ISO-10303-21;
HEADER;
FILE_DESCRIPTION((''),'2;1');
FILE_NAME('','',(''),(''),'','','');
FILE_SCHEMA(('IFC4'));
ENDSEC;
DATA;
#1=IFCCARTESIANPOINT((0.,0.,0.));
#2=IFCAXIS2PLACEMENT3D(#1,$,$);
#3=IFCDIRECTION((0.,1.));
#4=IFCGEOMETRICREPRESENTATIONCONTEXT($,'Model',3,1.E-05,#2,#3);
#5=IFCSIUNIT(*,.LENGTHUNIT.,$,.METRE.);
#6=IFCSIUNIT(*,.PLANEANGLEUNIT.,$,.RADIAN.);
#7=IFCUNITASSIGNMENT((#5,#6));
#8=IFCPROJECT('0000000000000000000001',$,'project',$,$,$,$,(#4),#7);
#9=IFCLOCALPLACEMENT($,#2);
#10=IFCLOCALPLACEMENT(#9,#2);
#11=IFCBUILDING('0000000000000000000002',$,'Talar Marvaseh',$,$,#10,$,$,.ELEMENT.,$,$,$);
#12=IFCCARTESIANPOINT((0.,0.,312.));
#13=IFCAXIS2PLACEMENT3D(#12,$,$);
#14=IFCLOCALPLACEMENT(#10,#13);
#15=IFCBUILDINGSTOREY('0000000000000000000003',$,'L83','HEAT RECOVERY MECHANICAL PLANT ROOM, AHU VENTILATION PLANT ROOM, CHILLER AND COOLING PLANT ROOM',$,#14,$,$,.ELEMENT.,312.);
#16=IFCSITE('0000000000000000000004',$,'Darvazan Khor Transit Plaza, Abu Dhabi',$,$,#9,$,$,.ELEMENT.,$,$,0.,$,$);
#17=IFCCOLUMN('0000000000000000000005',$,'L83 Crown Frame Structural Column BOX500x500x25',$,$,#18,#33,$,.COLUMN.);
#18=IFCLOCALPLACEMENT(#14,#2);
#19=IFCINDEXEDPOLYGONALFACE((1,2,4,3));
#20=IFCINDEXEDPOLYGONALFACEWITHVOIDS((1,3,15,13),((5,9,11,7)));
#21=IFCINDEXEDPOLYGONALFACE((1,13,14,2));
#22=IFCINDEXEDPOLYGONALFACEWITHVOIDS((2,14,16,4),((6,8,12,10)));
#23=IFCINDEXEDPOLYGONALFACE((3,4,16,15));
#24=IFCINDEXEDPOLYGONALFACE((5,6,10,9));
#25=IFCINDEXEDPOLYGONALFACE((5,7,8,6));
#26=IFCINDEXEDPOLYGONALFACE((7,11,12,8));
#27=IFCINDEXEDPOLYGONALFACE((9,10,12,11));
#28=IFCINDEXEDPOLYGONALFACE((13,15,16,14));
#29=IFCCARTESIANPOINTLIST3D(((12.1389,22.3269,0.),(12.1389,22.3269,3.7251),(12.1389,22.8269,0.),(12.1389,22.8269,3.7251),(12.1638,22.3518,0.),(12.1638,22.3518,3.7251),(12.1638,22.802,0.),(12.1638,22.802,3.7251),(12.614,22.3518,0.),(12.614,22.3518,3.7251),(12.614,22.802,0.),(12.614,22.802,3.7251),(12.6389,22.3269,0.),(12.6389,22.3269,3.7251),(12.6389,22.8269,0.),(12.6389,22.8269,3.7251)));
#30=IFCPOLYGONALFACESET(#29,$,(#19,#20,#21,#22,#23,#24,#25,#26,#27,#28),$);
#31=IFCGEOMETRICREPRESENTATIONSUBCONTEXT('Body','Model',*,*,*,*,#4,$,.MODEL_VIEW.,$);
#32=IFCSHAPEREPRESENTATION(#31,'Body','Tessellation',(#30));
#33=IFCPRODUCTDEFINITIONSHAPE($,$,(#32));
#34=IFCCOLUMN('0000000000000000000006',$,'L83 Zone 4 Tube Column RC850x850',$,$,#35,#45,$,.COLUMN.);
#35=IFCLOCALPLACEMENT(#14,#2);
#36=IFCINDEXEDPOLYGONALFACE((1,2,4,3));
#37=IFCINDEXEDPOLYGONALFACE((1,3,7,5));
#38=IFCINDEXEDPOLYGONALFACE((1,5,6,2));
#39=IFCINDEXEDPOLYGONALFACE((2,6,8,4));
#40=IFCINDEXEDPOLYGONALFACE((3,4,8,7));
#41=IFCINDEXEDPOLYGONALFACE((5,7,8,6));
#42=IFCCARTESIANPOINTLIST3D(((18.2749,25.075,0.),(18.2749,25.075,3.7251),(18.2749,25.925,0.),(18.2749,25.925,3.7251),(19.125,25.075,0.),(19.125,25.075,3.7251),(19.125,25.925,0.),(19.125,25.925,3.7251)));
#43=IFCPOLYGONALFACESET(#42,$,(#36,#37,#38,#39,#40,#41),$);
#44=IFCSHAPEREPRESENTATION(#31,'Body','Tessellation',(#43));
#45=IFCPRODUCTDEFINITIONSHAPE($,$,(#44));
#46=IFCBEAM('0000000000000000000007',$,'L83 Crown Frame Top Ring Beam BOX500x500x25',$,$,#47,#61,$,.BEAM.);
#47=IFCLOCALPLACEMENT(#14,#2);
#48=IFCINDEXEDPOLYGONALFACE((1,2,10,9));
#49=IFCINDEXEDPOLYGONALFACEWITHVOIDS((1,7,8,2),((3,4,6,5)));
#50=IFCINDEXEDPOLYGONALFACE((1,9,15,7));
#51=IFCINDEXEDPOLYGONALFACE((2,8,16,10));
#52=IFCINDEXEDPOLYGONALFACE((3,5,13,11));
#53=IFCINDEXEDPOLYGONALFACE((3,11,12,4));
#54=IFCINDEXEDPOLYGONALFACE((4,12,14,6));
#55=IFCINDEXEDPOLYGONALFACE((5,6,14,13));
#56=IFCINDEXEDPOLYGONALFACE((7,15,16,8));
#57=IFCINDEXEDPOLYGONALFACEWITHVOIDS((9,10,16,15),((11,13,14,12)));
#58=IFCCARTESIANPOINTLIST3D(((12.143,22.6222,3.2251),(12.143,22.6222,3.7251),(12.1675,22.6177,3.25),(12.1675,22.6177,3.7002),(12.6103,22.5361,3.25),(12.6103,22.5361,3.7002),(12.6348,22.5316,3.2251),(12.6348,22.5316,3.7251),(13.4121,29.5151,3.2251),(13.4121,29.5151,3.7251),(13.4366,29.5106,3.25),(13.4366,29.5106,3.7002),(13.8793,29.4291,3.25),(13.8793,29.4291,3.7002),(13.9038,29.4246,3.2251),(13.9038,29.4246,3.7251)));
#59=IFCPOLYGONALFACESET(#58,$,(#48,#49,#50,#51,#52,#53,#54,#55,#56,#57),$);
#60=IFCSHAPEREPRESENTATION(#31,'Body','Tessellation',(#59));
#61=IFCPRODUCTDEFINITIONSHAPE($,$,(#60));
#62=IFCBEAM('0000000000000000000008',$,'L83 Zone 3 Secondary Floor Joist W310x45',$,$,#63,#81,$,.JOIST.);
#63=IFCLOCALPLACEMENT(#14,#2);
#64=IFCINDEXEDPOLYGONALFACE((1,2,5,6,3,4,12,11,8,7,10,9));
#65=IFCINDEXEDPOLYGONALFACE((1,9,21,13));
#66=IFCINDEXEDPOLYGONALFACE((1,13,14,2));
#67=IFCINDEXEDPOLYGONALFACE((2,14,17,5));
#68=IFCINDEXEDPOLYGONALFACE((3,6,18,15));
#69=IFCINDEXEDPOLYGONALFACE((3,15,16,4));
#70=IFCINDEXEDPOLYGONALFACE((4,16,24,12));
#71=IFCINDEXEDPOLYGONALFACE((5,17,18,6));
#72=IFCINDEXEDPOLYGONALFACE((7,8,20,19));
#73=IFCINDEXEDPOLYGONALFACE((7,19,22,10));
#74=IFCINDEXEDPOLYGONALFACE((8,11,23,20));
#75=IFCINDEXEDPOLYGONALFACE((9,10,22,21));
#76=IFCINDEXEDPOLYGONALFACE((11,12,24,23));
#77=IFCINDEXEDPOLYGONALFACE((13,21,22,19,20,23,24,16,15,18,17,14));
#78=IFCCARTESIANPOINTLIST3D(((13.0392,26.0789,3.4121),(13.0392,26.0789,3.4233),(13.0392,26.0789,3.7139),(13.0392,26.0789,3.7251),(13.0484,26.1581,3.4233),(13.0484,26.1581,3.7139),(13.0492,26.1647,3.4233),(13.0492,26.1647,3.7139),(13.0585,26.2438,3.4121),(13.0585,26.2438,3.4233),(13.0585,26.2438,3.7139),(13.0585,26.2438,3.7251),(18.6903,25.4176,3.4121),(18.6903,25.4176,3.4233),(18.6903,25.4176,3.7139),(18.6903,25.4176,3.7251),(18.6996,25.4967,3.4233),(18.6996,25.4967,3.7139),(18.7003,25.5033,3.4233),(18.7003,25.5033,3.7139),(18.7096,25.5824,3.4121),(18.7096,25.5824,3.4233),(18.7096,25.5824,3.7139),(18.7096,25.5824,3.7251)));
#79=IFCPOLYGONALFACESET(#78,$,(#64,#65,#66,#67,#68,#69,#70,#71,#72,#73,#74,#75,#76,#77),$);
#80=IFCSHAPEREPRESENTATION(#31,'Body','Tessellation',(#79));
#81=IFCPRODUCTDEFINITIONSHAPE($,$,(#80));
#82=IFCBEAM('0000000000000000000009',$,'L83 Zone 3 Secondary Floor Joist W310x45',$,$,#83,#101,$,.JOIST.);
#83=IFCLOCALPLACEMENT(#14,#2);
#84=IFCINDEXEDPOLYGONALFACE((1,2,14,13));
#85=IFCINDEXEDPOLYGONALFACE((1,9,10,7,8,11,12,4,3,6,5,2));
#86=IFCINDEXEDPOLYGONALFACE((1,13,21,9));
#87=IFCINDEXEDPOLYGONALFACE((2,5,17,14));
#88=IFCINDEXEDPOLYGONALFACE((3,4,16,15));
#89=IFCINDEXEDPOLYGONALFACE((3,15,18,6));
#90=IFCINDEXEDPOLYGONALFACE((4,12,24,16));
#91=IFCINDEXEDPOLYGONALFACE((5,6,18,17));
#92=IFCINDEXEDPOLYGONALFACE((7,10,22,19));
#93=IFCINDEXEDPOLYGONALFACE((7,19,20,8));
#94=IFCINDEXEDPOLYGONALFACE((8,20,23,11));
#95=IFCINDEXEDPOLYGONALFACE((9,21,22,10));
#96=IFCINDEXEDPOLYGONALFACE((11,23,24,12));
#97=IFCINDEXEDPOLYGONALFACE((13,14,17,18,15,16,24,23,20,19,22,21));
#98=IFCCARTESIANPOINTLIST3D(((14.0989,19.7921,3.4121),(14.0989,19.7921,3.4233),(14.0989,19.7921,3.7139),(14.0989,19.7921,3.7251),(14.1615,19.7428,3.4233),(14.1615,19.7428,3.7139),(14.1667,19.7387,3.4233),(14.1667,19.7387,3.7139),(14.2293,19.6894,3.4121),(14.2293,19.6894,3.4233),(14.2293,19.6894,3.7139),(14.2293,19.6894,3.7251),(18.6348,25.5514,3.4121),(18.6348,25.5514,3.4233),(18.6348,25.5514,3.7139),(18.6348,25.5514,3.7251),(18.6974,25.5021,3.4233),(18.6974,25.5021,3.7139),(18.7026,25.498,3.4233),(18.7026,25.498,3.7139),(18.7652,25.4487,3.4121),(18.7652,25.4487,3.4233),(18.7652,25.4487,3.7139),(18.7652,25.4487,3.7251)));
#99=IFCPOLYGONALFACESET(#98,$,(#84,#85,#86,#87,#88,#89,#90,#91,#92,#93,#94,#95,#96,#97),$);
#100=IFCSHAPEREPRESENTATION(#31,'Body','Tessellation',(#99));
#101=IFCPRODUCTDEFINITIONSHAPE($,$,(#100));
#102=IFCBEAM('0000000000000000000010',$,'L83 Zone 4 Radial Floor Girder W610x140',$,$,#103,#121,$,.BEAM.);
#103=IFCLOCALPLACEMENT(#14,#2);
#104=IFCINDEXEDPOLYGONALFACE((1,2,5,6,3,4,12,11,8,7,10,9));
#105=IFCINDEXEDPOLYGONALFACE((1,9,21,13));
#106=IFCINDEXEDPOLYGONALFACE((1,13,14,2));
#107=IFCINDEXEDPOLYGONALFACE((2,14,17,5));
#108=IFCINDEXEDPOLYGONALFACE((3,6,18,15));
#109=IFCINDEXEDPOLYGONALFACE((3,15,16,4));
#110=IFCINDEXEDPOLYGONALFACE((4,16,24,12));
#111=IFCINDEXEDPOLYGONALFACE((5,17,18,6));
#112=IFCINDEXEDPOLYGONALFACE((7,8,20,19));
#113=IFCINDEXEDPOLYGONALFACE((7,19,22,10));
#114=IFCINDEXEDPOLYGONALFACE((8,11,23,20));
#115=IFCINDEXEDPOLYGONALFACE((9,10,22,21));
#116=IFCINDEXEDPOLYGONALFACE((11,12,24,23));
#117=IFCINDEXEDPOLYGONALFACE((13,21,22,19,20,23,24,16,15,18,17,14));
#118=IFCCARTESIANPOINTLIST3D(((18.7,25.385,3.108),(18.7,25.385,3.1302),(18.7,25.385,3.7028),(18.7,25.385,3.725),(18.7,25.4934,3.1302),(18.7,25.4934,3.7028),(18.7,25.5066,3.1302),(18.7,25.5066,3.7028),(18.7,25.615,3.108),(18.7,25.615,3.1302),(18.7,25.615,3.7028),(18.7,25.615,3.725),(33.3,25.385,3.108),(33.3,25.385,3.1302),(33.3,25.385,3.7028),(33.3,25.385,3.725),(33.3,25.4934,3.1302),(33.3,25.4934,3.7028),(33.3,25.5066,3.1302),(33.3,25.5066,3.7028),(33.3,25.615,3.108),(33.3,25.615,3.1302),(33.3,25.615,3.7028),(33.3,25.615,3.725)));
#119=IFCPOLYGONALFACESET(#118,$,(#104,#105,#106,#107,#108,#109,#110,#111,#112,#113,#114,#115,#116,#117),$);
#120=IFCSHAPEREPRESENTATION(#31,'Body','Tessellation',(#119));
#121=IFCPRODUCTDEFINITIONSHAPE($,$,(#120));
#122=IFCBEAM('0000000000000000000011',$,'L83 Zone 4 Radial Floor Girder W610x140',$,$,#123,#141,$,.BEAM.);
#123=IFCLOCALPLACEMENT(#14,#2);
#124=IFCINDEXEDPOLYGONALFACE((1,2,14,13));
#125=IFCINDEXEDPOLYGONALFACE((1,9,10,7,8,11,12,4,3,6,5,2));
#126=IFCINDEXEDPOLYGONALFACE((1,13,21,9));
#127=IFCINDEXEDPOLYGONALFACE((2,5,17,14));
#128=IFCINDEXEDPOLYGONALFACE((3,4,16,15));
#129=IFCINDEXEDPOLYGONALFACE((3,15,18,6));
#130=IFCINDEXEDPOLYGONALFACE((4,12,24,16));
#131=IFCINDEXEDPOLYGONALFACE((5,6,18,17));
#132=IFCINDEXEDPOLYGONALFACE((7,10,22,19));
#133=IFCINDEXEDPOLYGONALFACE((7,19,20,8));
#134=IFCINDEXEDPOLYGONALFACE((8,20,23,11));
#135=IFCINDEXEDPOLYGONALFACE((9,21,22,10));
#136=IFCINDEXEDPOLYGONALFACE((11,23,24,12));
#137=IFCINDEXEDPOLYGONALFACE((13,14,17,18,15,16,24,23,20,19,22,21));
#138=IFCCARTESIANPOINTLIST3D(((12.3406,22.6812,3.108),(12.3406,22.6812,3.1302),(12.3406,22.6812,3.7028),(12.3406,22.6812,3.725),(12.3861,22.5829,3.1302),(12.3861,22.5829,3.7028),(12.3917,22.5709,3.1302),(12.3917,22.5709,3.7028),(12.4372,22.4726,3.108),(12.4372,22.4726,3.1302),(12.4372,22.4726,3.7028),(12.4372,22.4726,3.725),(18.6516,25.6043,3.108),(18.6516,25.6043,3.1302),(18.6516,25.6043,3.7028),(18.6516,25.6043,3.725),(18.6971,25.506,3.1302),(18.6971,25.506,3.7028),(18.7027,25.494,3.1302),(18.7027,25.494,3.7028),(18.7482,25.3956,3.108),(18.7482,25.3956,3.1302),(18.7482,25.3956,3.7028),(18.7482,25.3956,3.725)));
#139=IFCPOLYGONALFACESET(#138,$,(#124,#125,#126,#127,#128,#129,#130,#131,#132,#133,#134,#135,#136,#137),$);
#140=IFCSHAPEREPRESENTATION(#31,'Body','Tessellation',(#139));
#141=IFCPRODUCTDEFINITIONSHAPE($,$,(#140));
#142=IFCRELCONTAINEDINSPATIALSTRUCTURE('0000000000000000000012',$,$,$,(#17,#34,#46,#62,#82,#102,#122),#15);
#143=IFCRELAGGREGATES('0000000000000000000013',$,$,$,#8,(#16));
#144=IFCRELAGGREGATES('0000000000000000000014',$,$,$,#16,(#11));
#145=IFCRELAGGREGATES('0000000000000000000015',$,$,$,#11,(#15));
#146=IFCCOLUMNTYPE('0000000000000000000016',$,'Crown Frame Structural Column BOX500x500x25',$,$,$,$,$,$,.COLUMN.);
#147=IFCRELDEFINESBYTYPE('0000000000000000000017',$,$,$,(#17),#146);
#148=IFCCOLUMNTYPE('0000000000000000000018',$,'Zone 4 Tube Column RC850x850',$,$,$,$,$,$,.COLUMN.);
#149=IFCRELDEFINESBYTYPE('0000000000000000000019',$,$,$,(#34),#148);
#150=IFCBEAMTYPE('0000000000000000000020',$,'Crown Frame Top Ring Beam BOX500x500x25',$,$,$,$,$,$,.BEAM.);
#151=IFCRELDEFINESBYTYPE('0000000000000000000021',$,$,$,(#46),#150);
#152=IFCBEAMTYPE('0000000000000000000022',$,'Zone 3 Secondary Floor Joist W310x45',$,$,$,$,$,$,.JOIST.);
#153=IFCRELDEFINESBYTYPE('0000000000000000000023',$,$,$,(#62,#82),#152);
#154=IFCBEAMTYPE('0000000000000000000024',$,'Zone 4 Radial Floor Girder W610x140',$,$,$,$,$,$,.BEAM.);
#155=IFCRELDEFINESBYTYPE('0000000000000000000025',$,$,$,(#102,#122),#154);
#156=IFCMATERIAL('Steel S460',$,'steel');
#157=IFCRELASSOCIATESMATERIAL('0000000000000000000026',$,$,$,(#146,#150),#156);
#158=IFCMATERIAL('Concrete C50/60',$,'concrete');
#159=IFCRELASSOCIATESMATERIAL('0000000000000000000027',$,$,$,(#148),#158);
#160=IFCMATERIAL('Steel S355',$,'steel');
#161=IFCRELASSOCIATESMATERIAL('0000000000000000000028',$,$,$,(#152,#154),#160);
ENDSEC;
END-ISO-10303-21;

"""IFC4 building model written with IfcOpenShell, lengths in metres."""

from ifc_helpers import new_model, si_unit, direction, frame, origin, origin_2d, place, context, subcontext, project, spatial, rectangle, hollow_rectangle, i_section, extrude, material, material_profile, profile_set, type_object, element, save


model = new_model("IFC4")

# Units and contexts
model_context = context("Model", 3, precision=1e-05, world=origin(), true_north=direction((0.0, 1.0)))
body_context = subcontext(model_context, "Body", "Model", "MODEL_VIEW")
ifc_project = project(units=[si_unit("LENGTHUNIT", "METRE"), si_unit("PLANEANGLEUNIT", "RADIAN")], contexts=[model_context])

# Site, building, storey
site_placement = place(None, origin())
site = spatial("IfcSite", under=ifc_project, at=site_placement, Name="Darvazan Khor Transit Plaza, Abu Dhabi", CompositionType="ELEMENT", RefElevation=0.0)
building_placement = place(site_placement, origin())
building = spatial("IfcBuilding", under=site, at=building_placement, Name="Talar Marvaseh", CompositionType="ELEMENT")
storey_placement = place(building_placement, frame((0.0, 0.0, 312.0)))
storey = spatial("IfcBuildingStorey", under=building, at=storey_placement, Name="L83", Description="HEAT RECOVERY MECHANICAL PLANT ROOM, AHU VENTILATION PLANT ROOM, CHILLER AND COOLING PLANT ROOM", CompositionType="ELEMENT", Elevation=312.0)

# Columns
ifc_material_1 = material(Name="Steel S460", Category="steel")
ifc_material_profile_1 = material_profile(ifc_material_1, hollow_rectangle(XDim=0.5, YDim=0.5, WallThickness=0.0249, at=origin_2d()), Name="BOX500x500x25")
ifc_profile_set_1 = profile_set([ifc_material_profile_1], Name="Steel S460")
column_type_1 = type_object("IfcColumnType", Name="Crown Frame Structural Column BOX500x500x25", PredefinedType="COLUMN", material=ifc_profile_set_1)
column_1_placement = place(storey_placement, frame((12.3889, 22.5769, 0.0), z_axis=(0.0, 0.0, 1.0), x_axis=(1.0, 0.0, 0.0)))
element("IfcColumn", 1, at=column_1_placement, inside=storey, type_object=column_type_1, Name="L83 Crown Frame Structural Column BOX500x500x25", PredefinedType="COLUMN", context=body_context, shape_type="SweptSolid", body=[
    extrude(hollow_rectangle(XDim=0.5, YDim=0.5, WallThickness=0.0249, at=origin_2d()), origin(), (0.0, 0.0, 1.0), 3.7251),
])
ifc_material_2 = material(Name="Concrete C50/60", Category="concrete")
ifc_material_profile_2 = material_profile(ifc_material_2, rectangle(XDim=0.8501, YDim=0.8501, at=origin_2d()), Name="RC850x850")
ifc_profile_set_2 = profile_set([ifc_material_profile_2], Name="Concrete C50/60")
column_type_2 = type_object("IfcColumnType", Name="Zone 4 Tube Column RC850x850", PredefinedType="COLUMN", material=ifc_profile_set_2)
column_2_placement = place(storey_placement, frame((18.7, 25.5, 0.0), z_axis=(0.0, 0.0, 1.0), x_axis=(1.0, 0.0, 0.0)))
element("IfcColumn", 2, at=column_2_placement, inside=storey, type_object=column_type_2, Name="L83 Zone 4 Tube Column RC850x850", PredefinedType="COLUMN", context=body_context, shape_type="SweptSolid", body=[
    extrude(rectangle(XDim=0.8501, YDim=0.8501, at=origin_2d()), origin(), (0.0, 0.0, 1.0), 3.7251),
])

# Beams
ifc_material_profile_3 = material_profile(ifc_material_1, hollow_rectangle(XDim=0.5, YDim=0.5, WallThickness=0.0249, at=origin_2d()), Name="BOX500x500x25")
ifc_profile_set_3 = profile_set([ifc_material_profile_3], Name="Steel S460")
beam_type_1 = type_object("IfcBeamType", Name="Crown Frame Top Ring Beam BOX500x500x25", PredefinedType="BEAM", material=ifc_profile_set_3)
beam_1_placement = place(storey_placement, frame((12.3889, 22.5769, 3.4751), z_axis=(0.181061, 0.983472, 0.0), x_axis=(-0.983472, 0.181061, 0.0)))
element("IfcBeam", 3, at=beam_1_placement, inside=storey, type_object=beam_type_1, Name="L83 Crown Frame Top Ring Beam BOX500x500x25", PredefinedType="BEAM", context=body_context, shape_type="SweptSolid", body=[
    extrude(hollow_rectangle(XDim=0.5, YDim=0.5, WallThickness=0.0249, at=origin_2d()), origin(), (0.0, 0.0, 1.0), 7.0088),
])
ifc_material_3 = material(Name="Steel S355", Category="steel")
ifc_material_profile_4 = material_profile(ifc_material_3, i_section(OverallWidth=0.166, OverallDepth=0.313, WebThickness=0.0066, FlangeThickness=0.0112, at=origin_2d()), Name="W310x45")
ifc_profile_set_4 = profile_set([ifc_material_profile_4], Name="Steel S355")
beam_type_2 = type_object("IfcBeamType", Name="Zone 3 Secondary Floor Joist W310x45", PredefinedType="JOIST", material=ifc_profile_set_4)
beam_2_placement = place(storey_placement, frame((13.0488, 26.1614, 3.5686), z_axis=(0.993221, -0.116241, 0.0), x_axis=(0.116241, 0.993221, 0.0)))
element("IfcBeam", 4, at=beam_2_placement, inside=storey, type_object=beam_type_2, Name="L83 Zone 3 Secondary Floor Joist W310x45", PredefinedType="JOIST", context=body_context, shape_type="SweptSolid", body=[
    extrude(i_section(OverallWidth=0.166, OverallDepth=0.313, WebThickness=0.0066, FlangeThickness=0.0112, at=origin_2d()), origin(), (0.0, 0.0, 1.0), 5.6897),
])
beam_3_placement = place(storey_placement, frame((14.1641, 19.7407, 3.5686), z_axis=(0.618727, 0.785606, 0.0), x_axis=(-0.785606, 0.618727, 0.0)))
element("IfcBeam", 5, at=beam_3_placement, inside=storey, type_object=beam_type_2, Name="L83 Zone 3 Secondary Floor Joist W310x45", PredefinedType="JOIST", context=body_context, shape_type="SweptSolid", body=[
    extrude(i_section(OverallWidth=0.166, OverallDepth=0.313, WebThickness=0.0066, FlangeThickness=0.0112, at=origin_2d()), origin(), (0.0, 0.0, 1.0), 7.3311),
])
ifc_material_profile_5 = material_profile(ifc_material_3, i_section(OverallWidth=0.23, OverallDepth=0.6169, WebThickness=0.0132, FlangeThickness=0.0222, at=origin_2d()), Name="W610x140")
ifc_profile_set_5 = profile_set([ifc_material_profile_5], Name="Steel S355")
beam_type_3 = type_object("IfcBeamType", Name="Zone 4 Radial Floor Girder W610x140", PredefinedType="BEAM", material=ifc_profile_set_5)
beam_4_placement = place(storey_placement, frame((18.7, 25.5, 3.4165), z_axis=(1.0, 0.0, 0.0), x_axis=(0.0, 1.0, 0.0)))
element("IfcBeam", 6, at=beam_4_placement, inside=storey, type_object=beam_type_3, Name="L83 Zone 4 Radial Floor Girder W610x140", PredefinedType="BEAM", context=body_context, shape_type="SweptSolid", body=[
    extrude(i_section(OverallWidth=0.23, OverallDepth=0.6169, WebThickness=0.0132, FlangeThickness=0.0222, at=origin_2d()), origin(), (0.0, 0.0, 1.0), 14.6001),
])
beam_5_placement = place(storey_placement, frame((12.3889, 22.5769, 3.4165), z_axis=(0.907395, 0.42028, 0.0), x_axis=(-0.42028, 0.907395, 0.0)))
element("IfcBeam", 7, at=beam_5_placement, inside=storey, type_object=beam_type_3, Name="L83 Zone 4 Radial Floor Girder W610x140", PredefinedType="BEAM", context=body_context, shape_type="SweptSolid", body=[
    extrude(i_section(OverallWidth=0.23, OverallDepth=0.6169, WebThickness=0.0132, FlangeThickness=0.0222, at=origin_2d()), origin(), (0.0, 0.0, 1.0), 6.9551),
])

save(model, "model.ifc")
